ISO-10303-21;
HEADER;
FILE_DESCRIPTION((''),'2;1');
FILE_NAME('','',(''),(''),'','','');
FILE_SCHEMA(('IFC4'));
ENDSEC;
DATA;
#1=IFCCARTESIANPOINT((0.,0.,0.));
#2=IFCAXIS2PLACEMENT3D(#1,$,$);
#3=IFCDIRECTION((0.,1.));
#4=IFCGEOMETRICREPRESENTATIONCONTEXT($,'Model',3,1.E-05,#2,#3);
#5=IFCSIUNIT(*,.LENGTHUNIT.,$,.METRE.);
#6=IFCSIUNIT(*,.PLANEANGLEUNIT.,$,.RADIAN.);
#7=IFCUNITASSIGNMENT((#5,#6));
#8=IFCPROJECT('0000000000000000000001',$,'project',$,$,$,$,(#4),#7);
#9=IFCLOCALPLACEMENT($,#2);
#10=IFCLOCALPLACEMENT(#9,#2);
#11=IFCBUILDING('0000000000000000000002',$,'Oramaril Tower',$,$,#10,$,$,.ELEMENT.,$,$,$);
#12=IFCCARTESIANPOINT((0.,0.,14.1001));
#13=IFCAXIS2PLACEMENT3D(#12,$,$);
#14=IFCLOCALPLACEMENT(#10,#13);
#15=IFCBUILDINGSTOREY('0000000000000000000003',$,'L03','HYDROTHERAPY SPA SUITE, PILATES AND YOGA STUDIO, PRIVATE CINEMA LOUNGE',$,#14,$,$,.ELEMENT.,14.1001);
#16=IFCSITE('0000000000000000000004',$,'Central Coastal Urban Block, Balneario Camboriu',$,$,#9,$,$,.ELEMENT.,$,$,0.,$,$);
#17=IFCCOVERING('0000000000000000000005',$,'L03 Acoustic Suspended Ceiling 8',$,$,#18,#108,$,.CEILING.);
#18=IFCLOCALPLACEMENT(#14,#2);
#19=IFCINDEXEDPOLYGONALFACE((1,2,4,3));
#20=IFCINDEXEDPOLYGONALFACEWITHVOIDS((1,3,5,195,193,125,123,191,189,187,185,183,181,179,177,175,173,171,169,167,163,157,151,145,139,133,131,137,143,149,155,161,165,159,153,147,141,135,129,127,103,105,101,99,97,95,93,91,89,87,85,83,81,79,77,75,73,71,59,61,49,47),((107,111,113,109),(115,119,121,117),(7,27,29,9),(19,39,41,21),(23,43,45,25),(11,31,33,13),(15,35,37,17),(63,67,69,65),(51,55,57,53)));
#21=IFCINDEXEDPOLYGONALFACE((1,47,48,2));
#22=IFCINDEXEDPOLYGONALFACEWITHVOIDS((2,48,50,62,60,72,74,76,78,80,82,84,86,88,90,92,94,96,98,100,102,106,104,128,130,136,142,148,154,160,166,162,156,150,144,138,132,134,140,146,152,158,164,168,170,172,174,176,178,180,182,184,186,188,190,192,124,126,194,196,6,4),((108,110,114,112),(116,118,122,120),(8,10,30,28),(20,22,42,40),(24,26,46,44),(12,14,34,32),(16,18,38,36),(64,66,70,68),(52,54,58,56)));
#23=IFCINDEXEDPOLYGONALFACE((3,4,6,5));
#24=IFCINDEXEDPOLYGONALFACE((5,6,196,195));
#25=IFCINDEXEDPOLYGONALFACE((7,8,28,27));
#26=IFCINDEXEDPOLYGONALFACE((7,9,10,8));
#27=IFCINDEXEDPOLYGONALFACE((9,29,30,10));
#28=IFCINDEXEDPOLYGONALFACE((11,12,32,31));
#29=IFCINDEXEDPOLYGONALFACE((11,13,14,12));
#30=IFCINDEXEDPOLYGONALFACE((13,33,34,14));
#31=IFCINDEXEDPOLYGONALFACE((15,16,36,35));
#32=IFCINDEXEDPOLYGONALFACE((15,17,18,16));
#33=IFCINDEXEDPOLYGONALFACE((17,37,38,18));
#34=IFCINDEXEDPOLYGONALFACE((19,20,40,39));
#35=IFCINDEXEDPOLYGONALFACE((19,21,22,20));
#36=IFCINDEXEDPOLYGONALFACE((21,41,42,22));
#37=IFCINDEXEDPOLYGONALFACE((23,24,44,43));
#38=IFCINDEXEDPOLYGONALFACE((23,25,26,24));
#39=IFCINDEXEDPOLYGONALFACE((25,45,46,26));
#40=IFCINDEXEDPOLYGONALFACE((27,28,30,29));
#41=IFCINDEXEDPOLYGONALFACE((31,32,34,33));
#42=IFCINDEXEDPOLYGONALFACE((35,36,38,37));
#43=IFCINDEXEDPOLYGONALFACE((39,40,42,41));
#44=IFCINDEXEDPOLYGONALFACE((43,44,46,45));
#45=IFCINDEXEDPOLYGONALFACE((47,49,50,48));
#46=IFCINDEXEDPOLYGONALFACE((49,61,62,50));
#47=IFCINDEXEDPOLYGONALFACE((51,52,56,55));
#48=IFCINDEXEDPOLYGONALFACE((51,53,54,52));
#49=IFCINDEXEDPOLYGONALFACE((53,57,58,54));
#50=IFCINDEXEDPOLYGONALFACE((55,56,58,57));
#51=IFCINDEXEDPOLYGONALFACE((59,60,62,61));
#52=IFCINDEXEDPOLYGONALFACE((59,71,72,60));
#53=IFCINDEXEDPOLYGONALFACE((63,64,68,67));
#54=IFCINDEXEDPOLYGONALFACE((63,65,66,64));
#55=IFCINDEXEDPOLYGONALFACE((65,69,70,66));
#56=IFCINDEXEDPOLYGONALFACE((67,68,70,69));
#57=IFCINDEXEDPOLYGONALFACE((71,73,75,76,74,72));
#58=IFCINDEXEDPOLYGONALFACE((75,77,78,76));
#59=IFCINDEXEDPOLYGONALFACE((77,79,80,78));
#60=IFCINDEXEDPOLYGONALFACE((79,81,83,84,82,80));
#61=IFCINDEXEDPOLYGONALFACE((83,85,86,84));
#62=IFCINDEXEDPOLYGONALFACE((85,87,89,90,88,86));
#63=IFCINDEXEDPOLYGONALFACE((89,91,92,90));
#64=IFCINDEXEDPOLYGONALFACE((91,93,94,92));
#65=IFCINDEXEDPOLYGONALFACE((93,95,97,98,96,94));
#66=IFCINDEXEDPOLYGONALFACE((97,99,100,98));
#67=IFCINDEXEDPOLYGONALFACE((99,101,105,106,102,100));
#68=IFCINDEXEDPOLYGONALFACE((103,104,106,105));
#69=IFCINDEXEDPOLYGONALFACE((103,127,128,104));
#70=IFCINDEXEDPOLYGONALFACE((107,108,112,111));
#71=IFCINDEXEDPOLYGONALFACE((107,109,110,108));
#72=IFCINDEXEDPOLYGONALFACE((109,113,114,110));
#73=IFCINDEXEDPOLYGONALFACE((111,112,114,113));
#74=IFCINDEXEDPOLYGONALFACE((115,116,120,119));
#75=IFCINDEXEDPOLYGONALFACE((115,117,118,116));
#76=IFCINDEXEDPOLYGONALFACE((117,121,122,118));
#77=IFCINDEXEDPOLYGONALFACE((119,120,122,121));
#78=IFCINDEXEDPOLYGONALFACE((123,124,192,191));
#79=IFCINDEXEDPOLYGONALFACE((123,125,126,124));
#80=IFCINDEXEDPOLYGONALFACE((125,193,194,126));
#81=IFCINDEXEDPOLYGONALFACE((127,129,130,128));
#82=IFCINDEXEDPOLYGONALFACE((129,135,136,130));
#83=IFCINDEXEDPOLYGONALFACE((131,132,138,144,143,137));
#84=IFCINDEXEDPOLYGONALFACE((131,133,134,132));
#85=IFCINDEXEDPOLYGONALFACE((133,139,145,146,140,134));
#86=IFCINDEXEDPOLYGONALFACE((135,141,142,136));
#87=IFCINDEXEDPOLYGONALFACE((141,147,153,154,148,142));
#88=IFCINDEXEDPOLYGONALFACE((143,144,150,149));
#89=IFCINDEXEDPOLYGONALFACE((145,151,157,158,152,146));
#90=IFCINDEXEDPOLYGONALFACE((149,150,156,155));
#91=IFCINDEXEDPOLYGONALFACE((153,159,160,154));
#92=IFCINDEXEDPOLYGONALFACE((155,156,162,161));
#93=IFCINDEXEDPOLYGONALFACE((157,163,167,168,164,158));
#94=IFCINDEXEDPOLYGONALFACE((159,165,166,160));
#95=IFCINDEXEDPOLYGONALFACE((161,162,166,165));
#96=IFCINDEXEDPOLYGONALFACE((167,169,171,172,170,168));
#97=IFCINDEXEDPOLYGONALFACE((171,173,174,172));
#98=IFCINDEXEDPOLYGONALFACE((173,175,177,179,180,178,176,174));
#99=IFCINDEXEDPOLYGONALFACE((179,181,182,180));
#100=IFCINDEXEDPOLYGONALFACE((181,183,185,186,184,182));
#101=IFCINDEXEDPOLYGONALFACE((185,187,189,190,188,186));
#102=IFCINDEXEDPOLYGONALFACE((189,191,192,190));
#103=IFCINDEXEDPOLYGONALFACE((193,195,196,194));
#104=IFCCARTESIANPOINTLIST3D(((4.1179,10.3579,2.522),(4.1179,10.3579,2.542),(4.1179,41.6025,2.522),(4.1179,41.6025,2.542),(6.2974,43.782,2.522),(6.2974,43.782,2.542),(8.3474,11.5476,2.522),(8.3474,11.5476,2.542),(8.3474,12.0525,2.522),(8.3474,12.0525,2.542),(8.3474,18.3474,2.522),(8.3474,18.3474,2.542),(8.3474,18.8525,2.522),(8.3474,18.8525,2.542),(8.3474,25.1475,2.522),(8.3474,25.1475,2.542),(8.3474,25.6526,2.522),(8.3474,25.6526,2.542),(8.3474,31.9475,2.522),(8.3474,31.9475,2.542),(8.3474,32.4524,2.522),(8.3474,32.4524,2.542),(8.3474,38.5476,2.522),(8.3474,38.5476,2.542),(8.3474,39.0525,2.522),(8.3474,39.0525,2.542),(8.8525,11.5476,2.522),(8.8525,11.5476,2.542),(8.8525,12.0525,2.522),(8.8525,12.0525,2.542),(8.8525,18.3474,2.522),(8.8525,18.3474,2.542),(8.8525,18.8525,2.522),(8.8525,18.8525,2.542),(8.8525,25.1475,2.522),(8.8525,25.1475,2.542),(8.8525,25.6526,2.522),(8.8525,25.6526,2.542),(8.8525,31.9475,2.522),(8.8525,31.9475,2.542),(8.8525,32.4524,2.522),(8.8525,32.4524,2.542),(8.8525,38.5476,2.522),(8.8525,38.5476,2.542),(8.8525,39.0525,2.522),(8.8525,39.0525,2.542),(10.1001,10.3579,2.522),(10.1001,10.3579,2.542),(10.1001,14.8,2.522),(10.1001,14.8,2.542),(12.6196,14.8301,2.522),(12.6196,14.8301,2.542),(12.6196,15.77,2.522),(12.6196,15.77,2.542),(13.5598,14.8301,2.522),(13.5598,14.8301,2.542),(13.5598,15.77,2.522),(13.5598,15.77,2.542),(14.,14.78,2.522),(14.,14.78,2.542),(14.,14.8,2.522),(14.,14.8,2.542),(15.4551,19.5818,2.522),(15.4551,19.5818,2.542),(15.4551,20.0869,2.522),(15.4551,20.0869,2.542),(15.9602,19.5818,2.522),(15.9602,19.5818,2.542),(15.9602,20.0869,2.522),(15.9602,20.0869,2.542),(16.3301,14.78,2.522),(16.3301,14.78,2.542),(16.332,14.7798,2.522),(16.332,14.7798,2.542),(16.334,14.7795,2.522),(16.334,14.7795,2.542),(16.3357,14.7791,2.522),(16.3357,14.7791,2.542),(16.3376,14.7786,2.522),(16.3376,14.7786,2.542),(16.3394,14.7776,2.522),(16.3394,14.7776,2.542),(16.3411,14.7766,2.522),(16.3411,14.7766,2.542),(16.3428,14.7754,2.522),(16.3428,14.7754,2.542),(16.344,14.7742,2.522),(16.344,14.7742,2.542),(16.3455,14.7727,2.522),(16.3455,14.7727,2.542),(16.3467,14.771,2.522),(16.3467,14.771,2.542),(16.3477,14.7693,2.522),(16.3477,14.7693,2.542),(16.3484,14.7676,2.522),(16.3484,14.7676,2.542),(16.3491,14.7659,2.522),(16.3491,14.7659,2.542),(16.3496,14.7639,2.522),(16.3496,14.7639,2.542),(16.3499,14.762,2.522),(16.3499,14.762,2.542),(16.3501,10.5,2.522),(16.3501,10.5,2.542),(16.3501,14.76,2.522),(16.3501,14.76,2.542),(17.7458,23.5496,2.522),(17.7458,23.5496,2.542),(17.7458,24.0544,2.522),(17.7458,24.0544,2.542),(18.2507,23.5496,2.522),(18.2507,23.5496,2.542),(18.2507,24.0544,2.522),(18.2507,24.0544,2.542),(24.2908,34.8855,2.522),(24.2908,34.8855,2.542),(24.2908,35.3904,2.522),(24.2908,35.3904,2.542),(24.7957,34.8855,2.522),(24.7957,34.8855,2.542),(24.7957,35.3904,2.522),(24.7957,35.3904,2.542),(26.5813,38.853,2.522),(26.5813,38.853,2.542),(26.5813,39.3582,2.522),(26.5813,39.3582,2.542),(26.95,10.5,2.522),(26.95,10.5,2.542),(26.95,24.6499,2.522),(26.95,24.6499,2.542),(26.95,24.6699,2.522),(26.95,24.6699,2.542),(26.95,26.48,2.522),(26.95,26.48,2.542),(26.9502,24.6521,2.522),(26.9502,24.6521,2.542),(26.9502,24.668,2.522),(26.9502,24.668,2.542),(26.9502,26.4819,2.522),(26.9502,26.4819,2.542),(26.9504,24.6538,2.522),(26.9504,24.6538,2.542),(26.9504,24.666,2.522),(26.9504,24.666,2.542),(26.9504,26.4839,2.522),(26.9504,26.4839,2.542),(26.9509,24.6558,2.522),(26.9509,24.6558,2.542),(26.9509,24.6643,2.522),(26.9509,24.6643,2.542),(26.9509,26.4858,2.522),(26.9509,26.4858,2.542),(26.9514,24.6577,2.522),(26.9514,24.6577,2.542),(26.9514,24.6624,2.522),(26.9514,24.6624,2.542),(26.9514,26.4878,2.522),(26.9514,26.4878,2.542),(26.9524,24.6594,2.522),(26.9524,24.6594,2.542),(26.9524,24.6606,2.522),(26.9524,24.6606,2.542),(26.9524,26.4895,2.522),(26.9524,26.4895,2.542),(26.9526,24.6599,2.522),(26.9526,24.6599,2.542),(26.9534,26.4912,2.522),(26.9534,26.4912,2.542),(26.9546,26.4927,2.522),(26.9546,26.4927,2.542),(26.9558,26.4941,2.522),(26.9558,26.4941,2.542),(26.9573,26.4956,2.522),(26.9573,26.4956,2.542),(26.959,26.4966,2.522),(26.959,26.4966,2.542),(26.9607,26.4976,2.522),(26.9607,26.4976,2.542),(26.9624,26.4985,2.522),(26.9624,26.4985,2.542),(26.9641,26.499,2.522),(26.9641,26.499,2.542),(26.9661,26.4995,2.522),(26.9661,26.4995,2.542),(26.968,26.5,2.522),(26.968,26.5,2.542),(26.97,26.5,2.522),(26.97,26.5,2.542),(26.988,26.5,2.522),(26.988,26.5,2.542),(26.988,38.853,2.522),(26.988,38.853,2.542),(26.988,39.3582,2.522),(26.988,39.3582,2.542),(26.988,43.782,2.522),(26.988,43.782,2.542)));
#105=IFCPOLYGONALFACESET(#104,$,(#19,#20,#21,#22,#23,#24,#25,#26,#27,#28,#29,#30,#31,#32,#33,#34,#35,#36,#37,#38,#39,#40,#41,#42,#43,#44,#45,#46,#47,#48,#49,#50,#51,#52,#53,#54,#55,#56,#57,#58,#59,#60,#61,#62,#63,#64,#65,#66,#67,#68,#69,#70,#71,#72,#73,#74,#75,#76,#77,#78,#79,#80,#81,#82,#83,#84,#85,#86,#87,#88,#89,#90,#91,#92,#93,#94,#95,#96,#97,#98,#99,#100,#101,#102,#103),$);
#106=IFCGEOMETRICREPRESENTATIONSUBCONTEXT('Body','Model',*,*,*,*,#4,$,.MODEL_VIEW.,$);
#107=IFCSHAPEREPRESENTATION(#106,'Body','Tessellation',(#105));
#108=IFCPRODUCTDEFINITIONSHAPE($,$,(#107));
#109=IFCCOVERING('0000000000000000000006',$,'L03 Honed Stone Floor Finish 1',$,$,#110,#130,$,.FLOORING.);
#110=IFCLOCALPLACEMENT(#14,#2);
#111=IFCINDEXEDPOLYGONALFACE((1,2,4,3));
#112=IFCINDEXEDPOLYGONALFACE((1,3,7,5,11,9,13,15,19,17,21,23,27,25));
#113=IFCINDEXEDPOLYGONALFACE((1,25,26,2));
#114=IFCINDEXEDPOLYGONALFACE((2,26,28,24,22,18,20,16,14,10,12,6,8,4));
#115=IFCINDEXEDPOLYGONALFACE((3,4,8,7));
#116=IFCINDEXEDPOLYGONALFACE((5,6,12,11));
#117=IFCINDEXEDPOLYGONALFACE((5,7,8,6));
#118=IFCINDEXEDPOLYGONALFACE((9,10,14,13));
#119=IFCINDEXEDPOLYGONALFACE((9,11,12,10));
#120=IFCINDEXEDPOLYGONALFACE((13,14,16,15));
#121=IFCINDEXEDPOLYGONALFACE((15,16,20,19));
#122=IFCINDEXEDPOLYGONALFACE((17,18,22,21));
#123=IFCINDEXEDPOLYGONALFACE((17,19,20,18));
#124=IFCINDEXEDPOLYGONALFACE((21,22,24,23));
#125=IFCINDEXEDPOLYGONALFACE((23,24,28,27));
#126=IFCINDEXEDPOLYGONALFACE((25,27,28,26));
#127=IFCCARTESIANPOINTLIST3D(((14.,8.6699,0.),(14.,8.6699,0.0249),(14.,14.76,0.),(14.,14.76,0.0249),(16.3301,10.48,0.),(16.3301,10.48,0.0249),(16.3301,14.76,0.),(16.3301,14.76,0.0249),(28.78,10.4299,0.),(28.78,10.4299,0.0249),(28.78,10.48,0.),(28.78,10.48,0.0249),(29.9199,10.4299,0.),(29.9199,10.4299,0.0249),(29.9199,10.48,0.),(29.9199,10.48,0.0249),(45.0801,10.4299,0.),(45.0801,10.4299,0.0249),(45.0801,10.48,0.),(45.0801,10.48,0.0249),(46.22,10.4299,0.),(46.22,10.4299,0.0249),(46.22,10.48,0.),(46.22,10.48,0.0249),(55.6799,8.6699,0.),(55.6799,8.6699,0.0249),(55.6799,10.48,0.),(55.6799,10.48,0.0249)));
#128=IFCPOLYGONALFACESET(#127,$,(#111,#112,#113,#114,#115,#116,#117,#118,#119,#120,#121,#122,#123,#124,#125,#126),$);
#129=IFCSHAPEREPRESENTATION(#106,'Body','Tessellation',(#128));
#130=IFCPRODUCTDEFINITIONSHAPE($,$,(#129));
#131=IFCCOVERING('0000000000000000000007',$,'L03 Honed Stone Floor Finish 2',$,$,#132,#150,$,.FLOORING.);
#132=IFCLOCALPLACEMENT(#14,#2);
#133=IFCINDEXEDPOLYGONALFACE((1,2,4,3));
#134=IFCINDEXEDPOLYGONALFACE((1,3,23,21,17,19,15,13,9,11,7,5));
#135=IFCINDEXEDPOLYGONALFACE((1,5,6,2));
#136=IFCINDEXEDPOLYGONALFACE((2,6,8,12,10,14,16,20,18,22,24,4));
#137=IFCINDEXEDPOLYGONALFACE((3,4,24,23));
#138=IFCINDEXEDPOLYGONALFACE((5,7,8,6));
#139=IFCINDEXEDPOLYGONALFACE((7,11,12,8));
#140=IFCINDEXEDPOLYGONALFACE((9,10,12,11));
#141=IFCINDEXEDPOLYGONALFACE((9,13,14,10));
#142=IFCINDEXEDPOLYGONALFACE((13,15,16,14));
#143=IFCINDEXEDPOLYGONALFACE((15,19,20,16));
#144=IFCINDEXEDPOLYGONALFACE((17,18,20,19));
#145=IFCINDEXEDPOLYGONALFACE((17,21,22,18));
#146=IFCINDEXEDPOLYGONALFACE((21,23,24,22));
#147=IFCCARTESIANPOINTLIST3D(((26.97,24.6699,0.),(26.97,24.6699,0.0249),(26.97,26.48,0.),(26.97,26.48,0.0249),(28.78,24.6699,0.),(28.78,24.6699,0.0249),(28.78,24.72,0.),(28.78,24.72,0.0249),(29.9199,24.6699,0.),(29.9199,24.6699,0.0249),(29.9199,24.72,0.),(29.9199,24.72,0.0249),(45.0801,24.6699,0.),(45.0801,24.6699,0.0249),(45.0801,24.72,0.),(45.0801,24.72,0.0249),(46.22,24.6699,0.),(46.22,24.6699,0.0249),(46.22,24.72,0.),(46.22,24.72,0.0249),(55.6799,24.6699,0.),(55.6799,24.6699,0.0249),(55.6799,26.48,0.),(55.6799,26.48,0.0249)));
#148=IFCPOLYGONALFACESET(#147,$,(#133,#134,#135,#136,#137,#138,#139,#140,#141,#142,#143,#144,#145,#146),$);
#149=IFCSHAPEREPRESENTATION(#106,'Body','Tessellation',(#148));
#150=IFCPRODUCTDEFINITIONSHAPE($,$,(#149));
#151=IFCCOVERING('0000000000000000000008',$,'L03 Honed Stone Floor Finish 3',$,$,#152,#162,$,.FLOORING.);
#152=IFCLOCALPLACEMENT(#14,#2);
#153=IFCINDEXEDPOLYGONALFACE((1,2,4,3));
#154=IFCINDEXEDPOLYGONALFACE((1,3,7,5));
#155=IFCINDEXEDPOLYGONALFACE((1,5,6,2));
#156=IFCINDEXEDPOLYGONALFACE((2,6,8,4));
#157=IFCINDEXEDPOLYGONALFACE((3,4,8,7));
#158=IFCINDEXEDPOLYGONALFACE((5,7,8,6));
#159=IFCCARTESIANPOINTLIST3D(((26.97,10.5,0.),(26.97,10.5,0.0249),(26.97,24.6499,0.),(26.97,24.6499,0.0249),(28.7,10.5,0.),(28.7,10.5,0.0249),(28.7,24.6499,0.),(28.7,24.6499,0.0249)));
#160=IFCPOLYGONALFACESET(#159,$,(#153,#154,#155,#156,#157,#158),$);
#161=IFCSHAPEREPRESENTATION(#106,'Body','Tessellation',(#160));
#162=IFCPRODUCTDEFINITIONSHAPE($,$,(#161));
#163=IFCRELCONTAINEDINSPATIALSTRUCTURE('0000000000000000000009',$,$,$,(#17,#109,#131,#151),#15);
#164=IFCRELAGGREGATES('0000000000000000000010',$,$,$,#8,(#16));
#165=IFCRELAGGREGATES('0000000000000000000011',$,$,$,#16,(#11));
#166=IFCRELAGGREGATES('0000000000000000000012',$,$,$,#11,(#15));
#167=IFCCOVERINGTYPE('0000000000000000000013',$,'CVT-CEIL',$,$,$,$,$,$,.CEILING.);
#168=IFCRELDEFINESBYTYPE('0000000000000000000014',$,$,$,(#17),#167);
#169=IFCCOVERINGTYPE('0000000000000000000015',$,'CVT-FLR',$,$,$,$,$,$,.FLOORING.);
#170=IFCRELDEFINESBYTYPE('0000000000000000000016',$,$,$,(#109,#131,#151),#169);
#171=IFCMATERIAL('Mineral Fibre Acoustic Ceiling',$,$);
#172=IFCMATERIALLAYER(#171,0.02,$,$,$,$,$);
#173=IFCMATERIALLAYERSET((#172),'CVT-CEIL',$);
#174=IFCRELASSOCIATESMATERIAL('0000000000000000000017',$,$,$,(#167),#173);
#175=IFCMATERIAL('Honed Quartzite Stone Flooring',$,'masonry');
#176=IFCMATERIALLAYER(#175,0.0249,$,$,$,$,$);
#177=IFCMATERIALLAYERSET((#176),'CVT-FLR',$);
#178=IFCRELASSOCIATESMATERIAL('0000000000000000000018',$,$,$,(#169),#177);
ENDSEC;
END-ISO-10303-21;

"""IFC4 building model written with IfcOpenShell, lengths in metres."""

from ifc_helpers import new_model, si_unit, direction, frame, origin, place, context, subcontext, project, spatial, polyline, outline, extrude, material, layer, layer_set, type_object, element, save


model = new_model("IFC4")

# Units and contexts
model_context = context("Model", 3, precision=1e-05, world=origin(), true_north=direction((0.0, 1.0)))
body_context = subcontext(model_context, "Body", "Model", "MODEL_VIEW")
ifc_project = project(units=[si_unit("LENGTHUNIT", "METRE"), si_unit("PLANEANGLEUNIT", "RADIAN")], contexts=[model_context])

# Site, building, storey
site_placement = place(None, origin())
site = spatial("IfcSite", under=ifc_project, at=site_placement, Name="Central Coastal Urban Block, Balneario Camboriu", CompositionType="ELEMENT", RefElevation=0.0)
building_placement = place(site_placement, origin())
building = spatial("IfcBuilding", under=site, at=building_placement, Name="Oramaril Tower", CompositionType="ELEMENT")
storey_placement = place(building_placement, frame((0.0, 0.0, 14.1001)))
storey = spatial("IfcBuildingStorey", under=building, at=storey_placement, Name="L03", Description="HYDROTHERAPY SPA SUITE, PILATES AND YOGA STUDIO, PRIVATE CINEMA LOUNGE", CompositionType="ELEMENT", Elevation=14.1001)

# Coverings
ifc_material_1 = material(Name="Mineral Fibre Acoustic Ceiling")
ifc_layer_1 = layer(ifc_material_1, 0.02)
ifc_layer_set_1 = layer_set([ifc_layer_1], Name="CVT-CEIL")
covering_type_1 = type_object("IfcCoveringType", Name="CVT-CEIL", PredefinedType="CEILING", material=ifc_layer_set_1)
covering_1_placement = place(storey_placement, frame((0.0, 0.0, 2.522)))
element("IfcCovering", 1, at=covering_1_placement, inside=storey, type_object=covering_type_1, Name="L03 Acoustic Suspended Ceiling 8", PredefinedType="CEILING", context=body_context, shape_type="SweptSolid", body=[
    extrude(outline(polyline([(14.0, 14.8), (10.1001, 14.8), (10.1001, 10.3579), (4.1179, 10.3579), (4.1179, 41.6025), (6.2974, 43.782), (26.988, 43.782), (26.988, 39.3582), (26.5813, 39.3582), (26.5813, 38.853), (26.988, 38.853), (26.988, 26.5), (26.97, 26.5), (26.968, 26.5), (26.9661, 26.4995), (26.9641, 26.499), (26.9624, 26.4985), (26.9607, 26.4976), (26.959, 26.4966), (26.9573, 26.4956), (26.9558, 26.4941), (26.9546, 26.4927), (26.9534, 26.4912), (26.9524, 26.4895), (26.9514, 26.4878), (26.9509, 26.4858), (26.9504, 26.4839), (26.9502, 26.4819), (26.95, 26.48), (26.95, 24.6699), (26.9502, 24.668), (26.9504, 24.666), (26.9509, 24.6643), (26.9514, 24.6624), (26.9524, 24.6606), (26.9526, 24.6599), (26.9524, 24.6594), (26.9514, 24.6577), (26.9509, 24.6558), (26.9504, 24.6538), (26.9502, 24.6521), (26.95, 24.6499), (26.95, 10.5), (16.3501, 10.5), (16.3501, 14.76), (16.3499, 14.762), (16.3496, 14.7639), (16.3491, 14.7659), (16.3484, 14.7676), (16.3477, 14.7693), (16.3467, 14.771), (16.3455, 14.7727), (16.344, 14.7742), (16.3428, 14.7754), (16.3411, 14.7766), (16.3394, 14.7776), (16.3376, 14.7786), (16.3357, 14.7791), (16.334, 14.7795), (16.332, 14.7798), (16.3301, 14.78), (14.0, 14.78), (14.0, 14.8)]), holes=[polyline([(8.8525, 12.0525), (8.3474, 12.0525), (8.3474, 11.5476), (8.8525, 11.5476), (8.8525, 12.0525)]), polyline([(13.5598, 15.77), (12.6196, 15.77), (12.6196, 14.8301), (13.5598, 14.8301), (13.5598, 15.77)]), polyline([(8.8525, 18.8525), (8.3474, 18.8525), (8.3474, 18.3474), (8.8525, 18.3474), (8.8525, 18.8525)]), polyline([(15.9602, 19.5818), (15.9602, 20.0869), (15.4551, 20.0869), (15.4551, 19.5818), (15.9602, 19.5818)]), polyline([(18.2507, 23.5496), (18.2507, 24.0544), (17.7458, 24.0544), (17.7458, 23.5496), (18.2507, 23.5496)]), polyline([(8.8525, 25.6526), (8.3474, 25.6526), (8.3474, 25.1475), (8.8525, 25.1475), (8.8525, 25.6526)]), polyline([(8.8525, 32.4524), (8.3474, 32.4524), (8.3474, 31.9475), (8.8525, 31.9475), (8.8525, 32.4524)]), polyline([(24.7957, 35.3904), (24.2908, 35.3904), (24.2908, 34.8855), (24.7957, 34.8855), (24.7957, 35.3904)]), polyline([(8.8525, 38.5476), (8.8525, 39.0525), (8.3474, 39.0525), (8.3474, 38.5476), (8.8525, 38.5476)])]), origin(), (0.0, 0.0, 1.0), 0.02),
])
ifc_material_2 = material(Name="Honed Quartzite Stone Flooring", Category="masonry")
ifc_layer_2 = layer(ifc_material_2, 0.0249)
ifc_layer_set_2 = layer_set([ifc_layer_2], Name="CVT-FLR")
covering_type_2 = type_object("IfcCoveringType", Name="CVT-FLR", PredefinedType="FLOORING", material=ifc_layer_set_2)
covering_2_placement = place(storey_placement, origin())
element("IfcCovering", 2, at=covering_2_placement, inside=storey, type_object=covering_type_2, Name="L03 Honed Stone Floor Finish 1", PredefinedType="FLOORING", context=body_context, shape_type="SweptSolid", body=[
    extrude(outline(polyline([(28.78, 10.48), (28.78, 10.4299), (29.9199, 10.4299), (29.9199, 10.48), (45.0801, 10.48), (45.0801, 10.4299), (46.22, 10.4299), (46.22, 10.48), (55.6799, 10.48), (55.6799, 8.6699), (14.0, 8.6699), (14.0, 14.76), (16.3301, 14.76), (16.3301, 10.48), (28.78, 10.48)])), origin(), (0.0, 0.0, 1.0), 0.0249),
])
covering_3_placement = place(storey_placement, origin())
element("IfcCovering", 3, at=covering_3_placement, inside=storey, type_object=covering_type_2, Name="L03 Honed Stone Floor Finish 2", PredefinedType="FLOORING", context=body_context, shape_type="SweptSolid", body=[
    extrude(outline(polyline([(55.6799, 26.48), (55.6799, 24.6699), (46.22, 24.6699), (46.22, 24.72), (45.0801, 24.72), (45.0801, 24.6699), (29.9199, 24.6699), (29.9199, 24.72), (28.78, 24.72), (28.78, 24.6699), (26.97, 24.6699), (26.97, 26.48), (55.6799, 26.48)])), origin(), (0.0, 0.0, 1.0), 0.0249),
])
covering_4_placement = place(storey_placement, origin())
element("IfcCovering", 4, at=covering_4_placement, inside=storey, type_object=covering_type_2, Name="L03 Honed Stone Floor Finish 3", PredefinedType="FLOORING", context=body_context, shape_type="SweptSolid", body=[
    extrude(outline(polyline([(28.7, 10.5), (26.97, 10.5), (26.97, 24.6499), (28.7, 24.6499), (28.7, 10.5)])), origin(), (0.0, 0.0, 1.0), 0.0249),
])

save(model, "model.ifc")
